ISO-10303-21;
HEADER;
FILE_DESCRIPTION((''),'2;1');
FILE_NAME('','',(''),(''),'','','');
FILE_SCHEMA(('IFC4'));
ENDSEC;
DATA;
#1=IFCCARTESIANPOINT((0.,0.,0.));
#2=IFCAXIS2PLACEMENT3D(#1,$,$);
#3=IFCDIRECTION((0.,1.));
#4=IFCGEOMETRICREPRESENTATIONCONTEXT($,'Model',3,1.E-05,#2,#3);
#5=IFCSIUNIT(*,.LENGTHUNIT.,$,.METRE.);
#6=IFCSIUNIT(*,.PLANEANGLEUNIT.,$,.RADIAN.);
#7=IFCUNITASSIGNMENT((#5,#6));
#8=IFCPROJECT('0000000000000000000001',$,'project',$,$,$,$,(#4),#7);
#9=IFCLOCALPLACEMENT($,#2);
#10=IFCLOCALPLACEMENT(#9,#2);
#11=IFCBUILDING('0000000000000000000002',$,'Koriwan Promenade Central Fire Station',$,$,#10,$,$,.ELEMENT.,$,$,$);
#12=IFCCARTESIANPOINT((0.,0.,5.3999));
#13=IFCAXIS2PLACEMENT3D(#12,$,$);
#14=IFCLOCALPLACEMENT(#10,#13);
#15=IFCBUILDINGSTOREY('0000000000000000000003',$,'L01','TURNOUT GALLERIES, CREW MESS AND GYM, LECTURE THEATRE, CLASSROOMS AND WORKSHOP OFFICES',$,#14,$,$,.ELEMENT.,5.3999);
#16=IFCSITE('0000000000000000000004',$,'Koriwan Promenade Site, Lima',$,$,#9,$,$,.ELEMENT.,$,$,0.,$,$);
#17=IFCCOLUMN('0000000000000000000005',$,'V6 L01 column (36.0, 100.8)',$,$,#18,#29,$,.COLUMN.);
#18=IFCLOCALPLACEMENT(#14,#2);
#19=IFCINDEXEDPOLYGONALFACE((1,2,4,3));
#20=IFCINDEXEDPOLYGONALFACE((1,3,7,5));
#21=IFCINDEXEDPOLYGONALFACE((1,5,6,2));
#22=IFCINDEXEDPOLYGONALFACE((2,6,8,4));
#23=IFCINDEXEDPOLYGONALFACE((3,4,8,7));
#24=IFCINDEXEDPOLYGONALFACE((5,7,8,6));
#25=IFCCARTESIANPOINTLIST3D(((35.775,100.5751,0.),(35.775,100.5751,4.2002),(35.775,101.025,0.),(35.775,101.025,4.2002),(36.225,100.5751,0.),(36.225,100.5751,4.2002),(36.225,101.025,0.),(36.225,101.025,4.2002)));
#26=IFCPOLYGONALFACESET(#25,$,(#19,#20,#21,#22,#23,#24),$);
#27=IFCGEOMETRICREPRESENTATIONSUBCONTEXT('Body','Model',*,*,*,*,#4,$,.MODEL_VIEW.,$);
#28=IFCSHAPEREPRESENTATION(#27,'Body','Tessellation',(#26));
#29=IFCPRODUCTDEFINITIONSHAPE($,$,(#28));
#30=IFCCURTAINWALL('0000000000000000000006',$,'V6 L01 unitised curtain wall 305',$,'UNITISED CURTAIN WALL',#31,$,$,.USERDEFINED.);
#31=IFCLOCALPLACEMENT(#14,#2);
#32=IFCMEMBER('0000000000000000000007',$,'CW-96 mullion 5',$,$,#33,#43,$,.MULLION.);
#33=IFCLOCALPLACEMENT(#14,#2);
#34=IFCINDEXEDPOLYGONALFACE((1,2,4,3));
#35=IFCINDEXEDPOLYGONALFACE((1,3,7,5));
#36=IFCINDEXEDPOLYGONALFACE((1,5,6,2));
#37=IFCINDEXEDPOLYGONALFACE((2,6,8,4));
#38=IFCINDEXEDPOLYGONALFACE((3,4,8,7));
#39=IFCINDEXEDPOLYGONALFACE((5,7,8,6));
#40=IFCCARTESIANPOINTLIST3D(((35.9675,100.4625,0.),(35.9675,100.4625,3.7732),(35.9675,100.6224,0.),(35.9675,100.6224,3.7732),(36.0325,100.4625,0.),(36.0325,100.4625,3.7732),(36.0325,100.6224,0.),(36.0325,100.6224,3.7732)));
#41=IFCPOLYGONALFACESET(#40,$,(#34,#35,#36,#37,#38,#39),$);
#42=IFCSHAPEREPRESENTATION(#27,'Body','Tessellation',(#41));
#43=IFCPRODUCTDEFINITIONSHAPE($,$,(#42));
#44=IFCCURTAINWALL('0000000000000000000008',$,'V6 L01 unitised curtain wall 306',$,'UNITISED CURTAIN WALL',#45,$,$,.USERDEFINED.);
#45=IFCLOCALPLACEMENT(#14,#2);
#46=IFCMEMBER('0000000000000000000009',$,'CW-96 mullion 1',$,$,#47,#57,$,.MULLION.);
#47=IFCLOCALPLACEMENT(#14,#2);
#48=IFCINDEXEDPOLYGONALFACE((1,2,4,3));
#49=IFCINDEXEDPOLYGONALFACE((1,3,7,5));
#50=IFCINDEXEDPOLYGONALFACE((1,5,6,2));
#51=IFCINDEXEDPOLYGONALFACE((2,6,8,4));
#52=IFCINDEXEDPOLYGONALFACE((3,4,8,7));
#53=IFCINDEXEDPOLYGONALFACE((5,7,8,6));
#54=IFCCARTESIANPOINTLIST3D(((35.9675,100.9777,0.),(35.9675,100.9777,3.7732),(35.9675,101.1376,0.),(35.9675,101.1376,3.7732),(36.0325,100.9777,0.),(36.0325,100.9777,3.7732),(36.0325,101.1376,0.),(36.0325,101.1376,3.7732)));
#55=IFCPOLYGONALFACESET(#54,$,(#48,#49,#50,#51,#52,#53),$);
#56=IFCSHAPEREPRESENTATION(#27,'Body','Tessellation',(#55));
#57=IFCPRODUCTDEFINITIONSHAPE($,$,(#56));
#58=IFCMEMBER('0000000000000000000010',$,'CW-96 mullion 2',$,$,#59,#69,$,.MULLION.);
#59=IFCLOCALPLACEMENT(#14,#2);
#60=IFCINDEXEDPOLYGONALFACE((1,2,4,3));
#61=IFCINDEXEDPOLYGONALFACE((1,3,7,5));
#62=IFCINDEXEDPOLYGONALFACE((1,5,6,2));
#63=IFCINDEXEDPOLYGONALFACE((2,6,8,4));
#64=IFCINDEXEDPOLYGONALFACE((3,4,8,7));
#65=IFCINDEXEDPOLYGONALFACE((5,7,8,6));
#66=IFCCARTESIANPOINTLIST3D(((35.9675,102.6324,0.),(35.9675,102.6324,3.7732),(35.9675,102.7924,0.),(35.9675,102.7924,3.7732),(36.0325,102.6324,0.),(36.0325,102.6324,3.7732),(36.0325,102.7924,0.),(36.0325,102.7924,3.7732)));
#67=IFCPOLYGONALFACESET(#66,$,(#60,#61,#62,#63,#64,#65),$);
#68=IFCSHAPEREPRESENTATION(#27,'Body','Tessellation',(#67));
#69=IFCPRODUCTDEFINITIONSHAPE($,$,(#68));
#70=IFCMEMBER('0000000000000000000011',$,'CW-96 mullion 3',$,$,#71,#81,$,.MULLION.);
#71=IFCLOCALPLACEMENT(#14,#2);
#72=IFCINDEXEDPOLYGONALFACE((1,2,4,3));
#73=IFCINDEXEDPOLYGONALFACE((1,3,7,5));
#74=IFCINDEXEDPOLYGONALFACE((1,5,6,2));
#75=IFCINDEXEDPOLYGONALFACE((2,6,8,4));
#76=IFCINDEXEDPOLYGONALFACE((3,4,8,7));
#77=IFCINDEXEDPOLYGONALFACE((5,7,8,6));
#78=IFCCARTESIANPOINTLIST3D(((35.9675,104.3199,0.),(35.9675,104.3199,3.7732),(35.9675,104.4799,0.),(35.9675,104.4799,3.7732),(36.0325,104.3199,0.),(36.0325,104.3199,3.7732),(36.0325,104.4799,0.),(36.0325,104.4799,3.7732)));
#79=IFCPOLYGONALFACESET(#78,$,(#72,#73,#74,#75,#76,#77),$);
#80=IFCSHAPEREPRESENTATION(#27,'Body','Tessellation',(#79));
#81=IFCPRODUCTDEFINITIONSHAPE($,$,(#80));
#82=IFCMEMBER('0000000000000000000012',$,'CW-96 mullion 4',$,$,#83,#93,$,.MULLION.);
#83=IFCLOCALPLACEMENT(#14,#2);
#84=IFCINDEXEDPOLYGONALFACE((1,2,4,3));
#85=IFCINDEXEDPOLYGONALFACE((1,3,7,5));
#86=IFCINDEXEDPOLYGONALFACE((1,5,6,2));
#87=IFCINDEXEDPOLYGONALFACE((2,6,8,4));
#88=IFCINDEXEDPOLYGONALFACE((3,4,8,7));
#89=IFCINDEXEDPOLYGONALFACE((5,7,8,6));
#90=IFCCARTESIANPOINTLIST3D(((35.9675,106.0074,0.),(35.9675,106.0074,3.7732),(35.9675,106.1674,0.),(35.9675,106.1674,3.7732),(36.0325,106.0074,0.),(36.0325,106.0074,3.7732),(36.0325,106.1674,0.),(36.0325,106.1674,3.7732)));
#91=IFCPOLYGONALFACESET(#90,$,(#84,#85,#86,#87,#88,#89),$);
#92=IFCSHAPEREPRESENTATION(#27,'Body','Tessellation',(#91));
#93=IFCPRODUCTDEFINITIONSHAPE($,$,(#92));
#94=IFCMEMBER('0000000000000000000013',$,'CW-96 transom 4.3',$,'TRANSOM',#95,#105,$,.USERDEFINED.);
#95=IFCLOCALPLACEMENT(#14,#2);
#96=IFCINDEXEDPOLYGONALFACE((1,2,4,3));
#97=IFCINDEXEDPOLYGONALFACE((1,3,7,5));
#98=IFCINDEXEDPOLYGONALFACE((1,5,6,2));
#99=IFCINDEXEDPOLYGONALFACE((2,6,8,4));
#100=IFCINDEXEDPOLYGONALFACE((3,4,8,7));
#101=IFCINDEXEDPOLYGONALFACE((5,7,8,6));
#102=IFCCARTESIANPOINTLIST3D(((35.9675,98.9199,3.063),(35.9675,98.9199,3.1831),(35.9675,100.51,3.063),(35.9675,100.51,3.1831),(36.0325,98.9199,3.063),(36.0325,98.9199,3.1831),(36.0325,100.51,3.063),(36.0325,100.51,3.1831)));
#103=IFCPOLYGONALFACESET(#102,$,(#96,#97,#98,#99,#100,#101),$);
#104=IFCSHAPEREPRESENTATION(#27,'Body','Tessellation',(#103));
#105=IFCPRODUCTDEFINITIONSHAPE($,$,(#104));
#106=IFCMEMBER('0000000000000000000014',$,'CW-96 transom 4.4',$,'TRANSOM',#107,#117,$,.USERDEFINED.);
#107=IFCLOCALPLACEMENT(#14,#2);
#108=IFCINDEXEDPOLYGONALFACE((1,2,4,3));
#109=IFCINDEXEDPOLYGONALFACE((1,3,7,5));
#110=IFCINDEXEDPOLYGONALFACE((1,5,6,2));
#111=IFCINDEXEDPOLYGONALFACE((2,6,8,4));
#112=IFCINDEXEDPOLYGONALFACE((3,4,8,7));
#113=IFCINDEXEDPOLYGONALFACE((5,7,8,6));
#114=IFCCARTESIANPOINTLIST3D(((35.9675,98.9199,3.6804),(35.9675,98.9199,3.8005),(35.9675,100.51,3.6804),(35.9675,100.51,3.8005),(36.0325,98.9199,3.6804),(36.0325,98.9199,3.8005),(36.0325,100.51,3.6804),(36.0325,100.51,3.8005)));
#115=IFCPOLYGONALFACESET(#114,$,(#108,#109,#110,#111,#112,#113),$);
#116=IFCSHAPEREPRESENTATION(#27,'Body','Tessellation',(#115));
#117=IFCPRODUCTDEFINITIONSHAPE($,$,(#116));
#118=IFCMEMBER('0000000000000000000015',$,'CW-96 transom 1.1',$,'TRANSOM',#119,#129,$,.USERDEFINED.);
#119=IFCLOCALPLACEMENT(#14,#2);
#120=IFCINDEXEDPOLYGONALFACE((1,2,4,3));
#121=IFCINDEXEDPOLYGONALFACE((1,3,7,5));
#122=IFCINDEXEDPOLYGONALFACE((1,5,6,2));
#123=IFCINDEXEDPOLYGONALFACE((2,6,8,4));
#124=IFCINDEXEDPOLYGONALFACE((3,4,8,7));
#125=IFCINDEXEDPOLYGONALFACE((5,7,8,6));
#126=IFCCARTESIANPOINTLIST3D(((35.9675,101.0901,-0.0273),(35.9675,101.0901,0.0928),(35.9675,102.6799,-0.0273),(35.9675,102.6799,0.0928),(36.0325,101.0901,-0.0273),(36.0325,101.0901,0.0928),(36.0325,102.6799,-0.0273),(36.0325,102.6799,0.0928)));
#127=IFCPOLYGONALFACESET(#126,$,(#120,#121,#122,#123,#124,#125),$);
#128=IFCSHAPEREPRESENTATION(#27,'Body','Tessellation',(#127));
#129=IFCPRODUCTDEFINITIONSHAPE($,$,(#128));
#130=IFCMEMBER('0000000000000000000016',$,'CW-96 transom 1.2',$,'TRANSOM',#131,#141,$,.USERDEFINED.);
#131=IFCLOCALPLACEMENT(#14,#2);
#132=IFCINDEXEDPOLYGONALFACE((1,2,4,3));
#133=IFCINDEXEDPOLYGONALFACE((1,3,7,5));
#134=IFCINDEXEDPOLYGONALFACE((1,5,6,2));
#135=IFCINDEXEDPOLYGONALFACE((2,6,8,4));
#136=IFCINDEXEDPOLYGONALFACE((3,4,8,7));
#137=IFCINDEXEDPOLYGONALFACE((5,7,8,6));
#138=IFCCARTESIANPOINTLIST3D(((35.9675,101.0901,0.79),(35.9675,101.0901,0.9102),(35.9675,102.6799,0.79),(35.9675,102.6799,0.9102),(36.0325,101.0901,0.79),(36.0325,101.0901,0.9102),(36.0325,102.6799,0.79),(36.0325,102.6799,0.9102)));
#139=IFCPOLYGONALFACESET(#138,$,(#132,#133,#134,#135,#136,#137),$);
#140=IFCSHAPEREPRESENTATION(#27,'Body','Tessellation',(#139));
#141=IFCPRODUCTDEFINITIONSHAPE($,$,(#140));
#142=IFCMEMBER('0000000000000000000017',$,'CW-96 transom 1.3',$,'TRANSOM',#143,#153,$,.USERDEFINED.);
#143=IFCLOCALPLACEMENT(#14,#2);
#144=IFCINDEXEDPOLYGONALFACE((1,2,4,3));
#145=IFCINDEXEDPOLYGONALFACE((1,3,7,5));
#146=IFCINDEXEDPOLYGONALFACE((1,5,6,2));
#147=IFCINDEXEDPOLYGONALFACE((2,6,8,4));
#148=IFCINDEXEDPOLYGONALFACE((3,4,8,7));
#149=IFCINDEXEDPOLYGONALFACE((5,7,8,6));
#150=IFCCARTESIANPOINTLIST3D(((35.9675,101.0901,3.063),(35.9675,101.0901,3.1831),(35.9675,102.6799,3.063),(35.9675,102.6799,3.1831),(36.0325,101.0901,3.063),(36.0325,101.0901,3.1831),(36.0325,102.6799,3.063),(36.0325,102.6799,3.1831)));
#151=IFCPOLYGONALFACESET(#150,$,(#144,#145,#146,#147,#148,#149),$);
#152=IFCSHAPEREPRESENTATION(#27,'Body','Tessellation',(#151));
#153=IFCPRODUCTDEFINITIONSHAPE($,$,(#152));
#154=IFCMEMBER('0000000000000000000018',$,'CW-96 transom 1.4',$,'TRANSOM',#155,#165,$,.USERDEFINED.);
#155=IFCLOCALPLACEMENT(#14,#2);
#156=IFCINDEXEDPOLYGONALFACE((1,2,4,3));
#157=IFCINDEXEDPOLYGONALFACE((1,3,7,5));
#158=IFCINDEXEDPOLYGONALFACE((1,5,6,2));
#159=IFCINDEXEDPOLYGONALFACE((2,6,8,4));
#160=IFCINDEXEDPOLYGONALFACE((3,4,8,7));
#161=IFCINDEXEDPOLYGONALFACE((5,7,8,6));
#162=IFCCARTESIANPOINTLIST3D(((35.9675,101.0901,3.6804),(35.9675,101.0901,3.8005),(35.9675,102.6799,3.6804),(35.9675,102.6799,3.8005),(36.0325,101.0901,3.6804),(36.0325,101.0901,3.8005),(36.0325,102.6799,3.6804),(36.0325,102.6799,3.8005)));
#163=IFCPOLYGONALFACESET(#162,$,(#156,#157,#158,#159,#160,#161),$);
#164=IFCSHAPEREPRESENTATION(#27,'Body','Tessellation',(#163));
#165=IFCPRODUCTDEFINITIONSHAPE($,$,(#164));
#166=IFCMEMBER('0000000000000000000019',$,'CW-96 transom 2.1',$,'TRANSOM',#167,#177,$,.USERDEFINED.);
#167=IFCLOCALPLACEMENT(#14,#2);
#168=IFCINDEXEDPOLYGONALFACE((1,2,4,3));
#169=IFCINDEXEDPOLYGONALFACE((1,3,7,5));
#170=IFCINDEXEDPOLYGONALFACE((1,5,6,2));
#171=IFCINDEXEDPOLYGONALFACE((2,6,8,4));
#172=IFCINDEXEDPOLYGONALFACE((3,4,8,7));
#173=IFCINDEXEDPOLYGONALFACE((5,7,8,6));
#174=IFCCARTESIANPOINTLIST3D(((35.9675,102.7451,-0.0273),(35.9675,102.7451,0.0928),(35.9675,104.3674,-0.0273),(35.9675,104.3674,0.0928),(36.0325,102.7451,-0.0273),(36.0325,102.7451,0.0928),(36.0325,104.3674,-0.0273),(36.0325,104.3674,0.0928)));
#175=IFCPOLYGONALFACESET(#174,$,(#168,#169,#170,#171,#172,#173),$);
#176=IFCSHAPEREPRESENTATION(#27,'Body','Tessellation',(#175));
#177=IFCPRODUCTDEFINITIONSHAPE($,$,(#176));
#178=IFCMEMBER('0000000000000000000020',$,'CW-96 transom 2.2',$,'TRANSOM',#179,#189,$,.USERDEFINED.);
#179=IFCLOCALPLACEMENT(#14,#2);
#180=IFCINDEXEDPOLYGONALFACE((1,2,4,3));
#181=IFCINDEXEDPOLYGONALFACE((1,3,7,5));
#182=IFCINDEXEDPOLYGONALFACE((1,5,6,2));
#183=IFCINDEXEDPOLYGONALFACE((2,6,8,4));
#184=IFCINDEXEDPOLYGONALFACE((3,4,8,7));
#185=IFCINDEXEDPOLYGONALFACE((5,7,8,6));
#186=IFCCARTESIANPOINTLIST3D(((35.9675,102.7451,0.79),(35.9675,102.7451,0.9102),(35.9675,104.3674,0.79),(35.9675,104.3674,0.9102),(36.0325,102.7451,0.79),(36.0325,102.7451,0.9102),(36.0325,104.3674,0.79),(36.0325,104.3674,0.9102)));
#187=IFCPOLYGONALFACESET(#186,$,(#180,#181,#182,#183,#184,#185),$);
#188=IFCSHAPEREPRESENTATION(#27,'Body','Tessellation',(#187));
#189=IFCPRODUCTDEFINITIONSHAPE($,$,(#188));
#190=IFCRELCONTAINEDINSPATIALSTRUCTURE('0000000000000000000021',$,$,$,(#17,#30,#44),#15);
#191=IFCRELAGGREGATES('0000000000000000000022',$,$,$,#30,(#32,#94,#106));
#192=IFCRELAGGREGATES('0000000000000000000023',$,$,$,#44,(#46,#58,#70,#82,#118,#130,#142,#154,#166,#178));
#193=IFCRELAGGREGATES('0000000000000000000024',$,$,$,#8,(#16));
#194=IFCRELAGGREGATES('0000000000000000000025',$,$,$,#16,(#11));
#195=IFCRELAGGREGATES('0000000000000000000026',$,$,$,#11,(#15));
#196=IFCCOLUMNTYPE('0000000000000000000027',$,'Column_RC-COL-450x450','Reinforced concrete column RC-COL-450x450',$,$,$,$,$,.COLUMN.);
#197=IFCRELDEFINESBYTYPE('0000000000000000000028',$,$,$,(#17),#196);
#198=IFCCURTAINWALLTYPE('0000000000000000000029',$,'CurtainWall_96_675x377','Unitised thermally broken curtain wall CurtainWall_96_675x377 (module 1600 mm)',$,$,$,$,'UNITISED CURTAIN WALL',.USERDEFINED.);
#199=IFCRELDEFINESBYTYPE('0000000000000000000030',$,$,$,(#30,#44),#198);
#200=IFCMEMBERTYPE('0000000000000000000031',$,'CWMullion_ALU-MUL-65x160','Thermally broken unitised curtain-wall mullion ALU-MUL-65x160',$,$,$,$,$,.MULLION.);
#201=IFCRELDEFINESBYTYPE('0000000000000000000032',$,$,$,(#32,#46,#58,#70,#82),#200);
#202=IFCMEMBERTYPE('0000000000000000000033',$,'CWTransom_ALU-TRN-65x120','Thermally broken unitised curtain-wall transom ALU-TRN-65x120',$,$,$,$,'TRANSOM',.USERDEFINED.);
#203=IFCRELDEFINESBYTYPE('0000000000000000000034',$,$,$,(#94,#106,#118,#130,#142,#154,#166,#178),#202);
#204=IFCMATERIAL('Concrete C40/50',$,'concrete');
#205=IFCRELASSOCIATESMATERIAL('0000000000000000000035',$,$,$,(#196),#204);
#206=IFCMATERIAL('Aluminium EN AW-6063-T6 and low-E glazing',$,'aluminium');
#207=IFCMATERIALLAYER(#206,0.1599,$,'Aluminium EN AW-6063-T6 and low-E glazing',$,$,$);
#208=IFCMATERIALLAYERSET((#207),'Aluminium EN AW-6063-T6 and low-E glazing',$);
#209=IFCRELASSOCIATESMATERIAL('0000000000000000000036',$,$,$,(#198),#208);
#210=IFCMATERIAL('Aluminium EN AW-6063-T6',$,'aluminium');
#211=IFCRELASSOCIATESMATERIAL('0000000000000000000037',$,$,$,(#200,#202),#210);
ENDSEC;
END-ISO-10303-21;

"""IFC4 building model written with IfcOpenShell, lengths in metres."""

from ifc_helpers import new_model, si_unit, direction, frame, origin, origin_2d, place, context, subcontext, project, spatial, rectangle, extrude, material, layer, layer_set, material_profile, profile_set, type_object, element, aggregate, save


model = new_model("IFC4")

# Units and contexts
model_context = context("Model", 3, precision=1e-05, world=origin(), true_north=direction((0.0, 1.0)))
body_context = subcontext(model_context, "Body", "Model", "MODEL_VIEW")
ifc_project = project(units=[si_unit("LENGTHUNIT", "METRE"), si_unit("PLANEANGLEUNIT", "RADIAN")], contexts=[model_context])

# Site, building, storey
site_placement = place(None, origin())
site = spatial("IfcSite", under=ifc_project, at=site_placement, Name="Koriwan Promenade Site, Lima", CompositionType="ELEMENT", RefElevation=0.0)
building_placement = place(site_placement, origin())
building = spatial("IfcBuilding", under=site, at=building_placement, Name="Koriwan Promenade Central Fire Station", CompositionType="ELEMENT")
storey_placement = place(building_placement, frame((0.0, 0.0, 5.3999)))
storey = spatial("IfcBuildingStorey", under=building, at=storey_placement, Name="L01", Description="TURNOUT GALLERIES, CREW MESS AND GYM, LECTURE THEATRE, CLASSROOMS AND WORKSHOP OFFICES", CompositionType="ELEMENT", Elevation=5.3999)

# Column
ifc_material_1 = material(Name="Concrete C40/50", Category="concrete")
ifc_material_profile_1 = material_profile(ifc_material_1, rectangle(XDim=0.45, YDim=0.45, at=origin_2d()), Name="RC-COL-450x450")
ifc_profile_set_1 = profile_set([ifc_material_profile_1], Name="Concrete C40/50")
column_type = type_object("IfcColumnType", Name="Column_RC-COL-450x450", Description="Reinforced concrete column RC-COL-450x450", PredefinedType="COLUMN", material=ifc_profile_set_1)
column_placement = place(storey_placement, frame((36.0, 100.8, 0.0), z_axis=(0.0, 0.0, 1.0), x_axis=(1.0, 0.0, 0.0)))
element("IfcColumn", 1, at=column_placement, inside=storey, type_object=column_type, Name="V6 L01 column (36.0, 100.8)", PredefinedType="COLUMN", context=body_context, shape_type="SweptSolid", body=[
    extrude(rectangle(XDim=0.45, YDim=0.45, at=origin_2d()), origin(), (0.0, 0.0, 1.0), 4.2002),
])

# Curtain wall, member
ifc_material_2 = material(Name="Aluminium EN AW-6063-T6 and low-E glazing", Category="aluminium")
ifc_layer_1 = layer(ifc_material_2, 0.1599, Name="Aluminium EN AW-6063-T6 and low-E glazing")
ifc_layer_set_1 = layer_set([ifc_layer_1], Name="Aluminium EN AW-6063-T6 and low-E glazing")
curtain_wall_type = type_object("IfcCurtainWallType", Name="CurtainWall_96_675x377", Description="Unitised thermally broken curtain wall CurtainWall_96_675x377 (module 1600 mm)", ElementType="UNITISED CURTAIN WALL", PredefinedType="USERDEFINED", material=ifc_layer_set_1)
curtain_wall_1_placement = place(storey_placement, origin())
curtain_wall_1 = element("IfcCurtainWall", 2, at=curtain_wall_1_placement, inside=storey, type_object=curtain_wall_type, Name="V6 L01 unitised curtain wall 305", ObjectType="UNITISED CURTAIN WALL", PredefinedType="USERDEFINED")
ifc_material_3 = material(Name="Aluminium EN AW-6063-T6", Category="aluminium")
ifc_material_profile_2 = material_profile(ifc_material_3, rectangle(XDim=0.0649, YDim=0.1599, at=origin_2d()), Name="ALU-MUL-65x160")
ifc_profile_set_2 = profile_set([ifc_material_profile_2], Name="Aluminium EN AW-6063-T6")
member_type_1 = type_object("IfcMemberType", Name="CWMullion_ALU-MUL-65x160", Description="Thermally broken unitised curtain-wall mullion ALU-MUL-65x160", PredefinedType="MULLION", material=ifc_profile_set_2)
member_1_placement = place(storey_placement, frame((36.0, 100.5425, 0.0), z_axis=(0.0, 0.0, 1.0), x_axis=(-1.0, 0.0, 0.0)))
member_1 = element("IfcMember", 3, at=member_1_placement, type_object=member_type_1, Name="CW-96 mullion 5", PredefinedType="MULLION", context=body_context, shape_type="SweptSolid", body=[
    extrude(rectangle(XDim=0.0649, YDim=0.1599, at=origin_2d()), origin(), (0.0, 0.0, 1.0), 3.7732),
])

# Curtain wall, members
curtain_wall_2_placement = place(storey_placement, origin())
curtain_wall_2 = element("IfcCurtainWall", 4, at=curtain_wall_2_placement, inside=storey, type_object=curtain_wall_type, Name="V6 L01 unitised curtain wall 306", ObjectType="UNITISED CURTAIN WALL", PredefinedType="USERDEFINED")
member_2_placement = place(storey_placement, frame((36.0, 101.0576, 0.0), z_axis=(0.0, 0.0, 1.0), x_axis=(-1.0, 0.0, 0.0)))
member_2 = element("IfcMember", 5, at=member_2_placement, type_object=member_type_1, Name="CW-96 mullion 1", PredefinedType="MULLION", context=body_context, shape_type="SweptSolid", body=[
    extrude(rectangle(XDim=0.0649, YDim=0.1599, at=origin_2d()), origin(), (0.0, 0.0, 1.0), 3.7732),
])
member_3_placement = place(storey_placement, frame((36.0, 102.7124, 0.0), z_axis=(0.0, 0.0, 1.0), x_axis=(-1.0, 0.0, 0.0)))
member_3 = element("IfcMember", 6, at=member_3_placement, type_object=member_type_1, Name="CW-96 mullion 2", PredefinedType="MULLION", context=body_context, shape_type="SweptSolid", body=[
    extrude(rectangle(XDim=0.0649, YDim=0.1599, at=origin_2d()), origin(), (0.0, 0.0, 1.0), 3.7732),
])
member_4_placement = place(storey_placement, frame((36.0, 104.3999, 0.0), z_axis=(0.0, 0.0, 1.0), x_axis=(-1.0, 0.0, 0.0)))
member_4 = element("IfcMember", 7, at=member_4_placement, type_object=member_type_1, Name="CW-96 mullion 3", PredefinedType="MULLION", context=body_context, shape_type="SweptSolid", body=[
    extrude(rectangle(XDim=0.0649, YDim=0.1599, at=origin_2d()), origin(), (0.0, 0.0, 1.0), 3.7732),
])
member_5_placement = place(storey_placement, frame((36.0, 106.0874, 0.0), z_axis=(0.0, 0.0, 1.0), x_axis=(-1.0, 0.0, 0.0)))
member_5 = element("IfcMember", 8, at=member_5_placement, type_object=member_type_1, Name="CW-96 mullion 4", PredefinedType="MULLION", context=body_context, shape_type="SweptSolid", body=[
    extrude(rectangle(XDim=0.0649, YDim=0.1599, at=origin_2d()), origin(), (0.0, 0.0, 1.0), 3.7732),
])

# Members
ifc_material_profile_3 = material_profile(ifc_material_3, rectangle(XDim=0.0649, YDim=0.1201, at=origin_2d()), Name="ALU-TRN-65x120")
ifc_profile_set_3 = profile_set([ifc_material_profile_3], Name="Aluminium EN AW-6063-T6")
member_type_2 = type_object("IfcMemberType", Name="CWTransom_ALU-TRN-65x120", Description="Thermally broken unitised curtain-wall transom ALU-TRN-65x120", ElementType="TRANSOM", PredefinedType="USERDEFINED", material=ifc_profile_set_3)
member_6_placement = place(storey_placement, frame((36.0, 98.9199, 3.123), z_axis=(0.0, 1.0, 0.0), x_axis=(-1.0, 0.0, 0.0)))
member_6 = element("IfcMember", 9, at=member_6_placement, type_object=member_type_2, Name="CW-96 transom 4.3", ObjectType="TRANSOM", PredefinedType="USERDEFINED", context=body_context, shape_type="SweptSolid", body=[
    extrude(rectangle(XDim=0.0649, YDim=0.1201, at=origin_2d()), origin(), (0.0, 0.0, 1.0), 1.5901),
])
member_7_placement = place(storey_placement, frame((36.0, 98.9199, 3.7405), z_axis=(0.0, 1.0, 0.0), x_axis=(-1.0, 0.0, 0.0)))
member_7 = element("IfcMember", 10, at=member_7_placement, type_object=member_type_2, Name="CW-96 transom 4.4", ObjectType="TRANSOM", PredefinedType="USERDEFINED", context=body_context, shape_type="SweptSolid", body=[
    extrude(rectangle(XDim=0.0649, YDim=0.1201, at=origin_2d()), origin(), (0.0, 0.0, 1.0), 1.5901),
])
member_8_placement = place(storey_placement, frame((36.0, 101.0901, 0.0327), z_axis=(0.0, 1.0, 0.0), x_axis=(-1.0, 0.0, 0.0)))
member_8 = element("IfcMember", 11, at=member_8_placement, type_object=member_type_2, Name="CW-96 transom 1.1", ObjectType="TRANSOM", PredefinedType="USERDEFINED", context=body_context, shape_type="SweptSolid", body=[
    extrude(rectangle(XDim=0.0649, YDim=0.1201, at=origin_2d()), origin(), (0.0, 0.0, 1.0), 1.5898),
])
member_9_placement = place(storey_placement, frame((36.0, 101.0901, 0.8501), z_axis=(0.0, 1.0, 0.0), x_axis=(-1.0, 0.0, 0.0)))
member_9 = element("IfcMember", 12, at=member_9_placement, type_object=member_type_2, Name="CW-96 transom 1.2", ObjectType="TRANSOM", PredefinedType="USERDEFINED", context=body_context, shape_type="SweptSolid", body=[
    extrude(rectangle(XDim=0.0649, YDim=0.1201, at=origin_2d()), origin(), (0.0, 0.0, 1.0), 1.5898),
])
member_10_placement = place(storey_placement, frame((36.0, 101.0901, 3.123), z_axis=(0.0, 1.0, 0.0), x_axis=(-1.0, 0.0, 0.0)))
member_10 = element("IfcMember", 13, at=member_10_placement, type_object=member_type_2, Name="CW-96 transom 1.3", ObjectType="TRANSOM", PredefinedType="USERDEFINED", context=body_context, shape_type="SweptSolid", body=[
    extrude(rectangle(XDim=0.0649, YDim=0.1201, at=origin_2d()), origin(), (0.0, 0.0, 1.0), 1.5898),
])
member_11_placement = place(storey_placement, frame((36.0, 101.0901, 3.7405), z_axis=(0.0, 1.0, 0.0), x_axis=(-1.0, 0.0, 0.0)))
member_11 = element("IfcMember", 14, at=member_11_placement, type_object=member_type_2, Name="CW-96 transom 1.4", ObjectType="TRANSOM", PredefinedType="USERDEFINED", context=body_context, shape_type="SweptSolid", body=[
    extrude(rectangle(XDim=0.0649, YDim=0.1201, at=origin_2d()), origin(), (0.0, 0.0, 1.0), 1.5898),
])
member_12_placement = place(storey_placement, frame((36.0, 102.7451, 0.0327), z_axis=(0.0, 1.0, 0.0), x_axis=(-1.0, 0.0, 0.0)))
member_12 = element("IfcMember", 15, at=member_12_placement, type_object=member_type_2, Name="CW-96 transom 2.1", ObjectType="TRANSOM", PredefinedType="USERDEFINED", context=body_context, shape_type="SweptSolid", body=[
    extrude(rectangle(XDim=0.0649, YDim=0.1201, at=origin_2d()), origin(), (0.0, 0.0, 1.0), 1.6223),
])
member_13_placement = place(storey_placement, frame((36.0, 102.7451, 0.8501), z_axis=(0.0, 1.0, 0.0), x_axis=(-1.0, 0.0, 0.0)))
member_13 = element("IfcMember", 16, at=member_13_placement, type_object=member_type_2, Name="CW-96 transom 2.2", ObjectType="TRANSOM", PredefinedType="USERDEFINED", context=body_context, shape_type="SweptSolid", body=[
    extrude(rectangle(XDim=0.0649, YDim=0.1201, at=origin_2d()), origin(), (0.0, 0.0, 1.0), 1.6223),
])

aggregate(curtain_wall_1, [member_1, member_6, member_7])
aggregate(curtain_wall_2, [member_2, member_3, member_4, member_5, member_8, member_9, member_10, member_11, member_12, member_13])

save(model, "model.ifc")
